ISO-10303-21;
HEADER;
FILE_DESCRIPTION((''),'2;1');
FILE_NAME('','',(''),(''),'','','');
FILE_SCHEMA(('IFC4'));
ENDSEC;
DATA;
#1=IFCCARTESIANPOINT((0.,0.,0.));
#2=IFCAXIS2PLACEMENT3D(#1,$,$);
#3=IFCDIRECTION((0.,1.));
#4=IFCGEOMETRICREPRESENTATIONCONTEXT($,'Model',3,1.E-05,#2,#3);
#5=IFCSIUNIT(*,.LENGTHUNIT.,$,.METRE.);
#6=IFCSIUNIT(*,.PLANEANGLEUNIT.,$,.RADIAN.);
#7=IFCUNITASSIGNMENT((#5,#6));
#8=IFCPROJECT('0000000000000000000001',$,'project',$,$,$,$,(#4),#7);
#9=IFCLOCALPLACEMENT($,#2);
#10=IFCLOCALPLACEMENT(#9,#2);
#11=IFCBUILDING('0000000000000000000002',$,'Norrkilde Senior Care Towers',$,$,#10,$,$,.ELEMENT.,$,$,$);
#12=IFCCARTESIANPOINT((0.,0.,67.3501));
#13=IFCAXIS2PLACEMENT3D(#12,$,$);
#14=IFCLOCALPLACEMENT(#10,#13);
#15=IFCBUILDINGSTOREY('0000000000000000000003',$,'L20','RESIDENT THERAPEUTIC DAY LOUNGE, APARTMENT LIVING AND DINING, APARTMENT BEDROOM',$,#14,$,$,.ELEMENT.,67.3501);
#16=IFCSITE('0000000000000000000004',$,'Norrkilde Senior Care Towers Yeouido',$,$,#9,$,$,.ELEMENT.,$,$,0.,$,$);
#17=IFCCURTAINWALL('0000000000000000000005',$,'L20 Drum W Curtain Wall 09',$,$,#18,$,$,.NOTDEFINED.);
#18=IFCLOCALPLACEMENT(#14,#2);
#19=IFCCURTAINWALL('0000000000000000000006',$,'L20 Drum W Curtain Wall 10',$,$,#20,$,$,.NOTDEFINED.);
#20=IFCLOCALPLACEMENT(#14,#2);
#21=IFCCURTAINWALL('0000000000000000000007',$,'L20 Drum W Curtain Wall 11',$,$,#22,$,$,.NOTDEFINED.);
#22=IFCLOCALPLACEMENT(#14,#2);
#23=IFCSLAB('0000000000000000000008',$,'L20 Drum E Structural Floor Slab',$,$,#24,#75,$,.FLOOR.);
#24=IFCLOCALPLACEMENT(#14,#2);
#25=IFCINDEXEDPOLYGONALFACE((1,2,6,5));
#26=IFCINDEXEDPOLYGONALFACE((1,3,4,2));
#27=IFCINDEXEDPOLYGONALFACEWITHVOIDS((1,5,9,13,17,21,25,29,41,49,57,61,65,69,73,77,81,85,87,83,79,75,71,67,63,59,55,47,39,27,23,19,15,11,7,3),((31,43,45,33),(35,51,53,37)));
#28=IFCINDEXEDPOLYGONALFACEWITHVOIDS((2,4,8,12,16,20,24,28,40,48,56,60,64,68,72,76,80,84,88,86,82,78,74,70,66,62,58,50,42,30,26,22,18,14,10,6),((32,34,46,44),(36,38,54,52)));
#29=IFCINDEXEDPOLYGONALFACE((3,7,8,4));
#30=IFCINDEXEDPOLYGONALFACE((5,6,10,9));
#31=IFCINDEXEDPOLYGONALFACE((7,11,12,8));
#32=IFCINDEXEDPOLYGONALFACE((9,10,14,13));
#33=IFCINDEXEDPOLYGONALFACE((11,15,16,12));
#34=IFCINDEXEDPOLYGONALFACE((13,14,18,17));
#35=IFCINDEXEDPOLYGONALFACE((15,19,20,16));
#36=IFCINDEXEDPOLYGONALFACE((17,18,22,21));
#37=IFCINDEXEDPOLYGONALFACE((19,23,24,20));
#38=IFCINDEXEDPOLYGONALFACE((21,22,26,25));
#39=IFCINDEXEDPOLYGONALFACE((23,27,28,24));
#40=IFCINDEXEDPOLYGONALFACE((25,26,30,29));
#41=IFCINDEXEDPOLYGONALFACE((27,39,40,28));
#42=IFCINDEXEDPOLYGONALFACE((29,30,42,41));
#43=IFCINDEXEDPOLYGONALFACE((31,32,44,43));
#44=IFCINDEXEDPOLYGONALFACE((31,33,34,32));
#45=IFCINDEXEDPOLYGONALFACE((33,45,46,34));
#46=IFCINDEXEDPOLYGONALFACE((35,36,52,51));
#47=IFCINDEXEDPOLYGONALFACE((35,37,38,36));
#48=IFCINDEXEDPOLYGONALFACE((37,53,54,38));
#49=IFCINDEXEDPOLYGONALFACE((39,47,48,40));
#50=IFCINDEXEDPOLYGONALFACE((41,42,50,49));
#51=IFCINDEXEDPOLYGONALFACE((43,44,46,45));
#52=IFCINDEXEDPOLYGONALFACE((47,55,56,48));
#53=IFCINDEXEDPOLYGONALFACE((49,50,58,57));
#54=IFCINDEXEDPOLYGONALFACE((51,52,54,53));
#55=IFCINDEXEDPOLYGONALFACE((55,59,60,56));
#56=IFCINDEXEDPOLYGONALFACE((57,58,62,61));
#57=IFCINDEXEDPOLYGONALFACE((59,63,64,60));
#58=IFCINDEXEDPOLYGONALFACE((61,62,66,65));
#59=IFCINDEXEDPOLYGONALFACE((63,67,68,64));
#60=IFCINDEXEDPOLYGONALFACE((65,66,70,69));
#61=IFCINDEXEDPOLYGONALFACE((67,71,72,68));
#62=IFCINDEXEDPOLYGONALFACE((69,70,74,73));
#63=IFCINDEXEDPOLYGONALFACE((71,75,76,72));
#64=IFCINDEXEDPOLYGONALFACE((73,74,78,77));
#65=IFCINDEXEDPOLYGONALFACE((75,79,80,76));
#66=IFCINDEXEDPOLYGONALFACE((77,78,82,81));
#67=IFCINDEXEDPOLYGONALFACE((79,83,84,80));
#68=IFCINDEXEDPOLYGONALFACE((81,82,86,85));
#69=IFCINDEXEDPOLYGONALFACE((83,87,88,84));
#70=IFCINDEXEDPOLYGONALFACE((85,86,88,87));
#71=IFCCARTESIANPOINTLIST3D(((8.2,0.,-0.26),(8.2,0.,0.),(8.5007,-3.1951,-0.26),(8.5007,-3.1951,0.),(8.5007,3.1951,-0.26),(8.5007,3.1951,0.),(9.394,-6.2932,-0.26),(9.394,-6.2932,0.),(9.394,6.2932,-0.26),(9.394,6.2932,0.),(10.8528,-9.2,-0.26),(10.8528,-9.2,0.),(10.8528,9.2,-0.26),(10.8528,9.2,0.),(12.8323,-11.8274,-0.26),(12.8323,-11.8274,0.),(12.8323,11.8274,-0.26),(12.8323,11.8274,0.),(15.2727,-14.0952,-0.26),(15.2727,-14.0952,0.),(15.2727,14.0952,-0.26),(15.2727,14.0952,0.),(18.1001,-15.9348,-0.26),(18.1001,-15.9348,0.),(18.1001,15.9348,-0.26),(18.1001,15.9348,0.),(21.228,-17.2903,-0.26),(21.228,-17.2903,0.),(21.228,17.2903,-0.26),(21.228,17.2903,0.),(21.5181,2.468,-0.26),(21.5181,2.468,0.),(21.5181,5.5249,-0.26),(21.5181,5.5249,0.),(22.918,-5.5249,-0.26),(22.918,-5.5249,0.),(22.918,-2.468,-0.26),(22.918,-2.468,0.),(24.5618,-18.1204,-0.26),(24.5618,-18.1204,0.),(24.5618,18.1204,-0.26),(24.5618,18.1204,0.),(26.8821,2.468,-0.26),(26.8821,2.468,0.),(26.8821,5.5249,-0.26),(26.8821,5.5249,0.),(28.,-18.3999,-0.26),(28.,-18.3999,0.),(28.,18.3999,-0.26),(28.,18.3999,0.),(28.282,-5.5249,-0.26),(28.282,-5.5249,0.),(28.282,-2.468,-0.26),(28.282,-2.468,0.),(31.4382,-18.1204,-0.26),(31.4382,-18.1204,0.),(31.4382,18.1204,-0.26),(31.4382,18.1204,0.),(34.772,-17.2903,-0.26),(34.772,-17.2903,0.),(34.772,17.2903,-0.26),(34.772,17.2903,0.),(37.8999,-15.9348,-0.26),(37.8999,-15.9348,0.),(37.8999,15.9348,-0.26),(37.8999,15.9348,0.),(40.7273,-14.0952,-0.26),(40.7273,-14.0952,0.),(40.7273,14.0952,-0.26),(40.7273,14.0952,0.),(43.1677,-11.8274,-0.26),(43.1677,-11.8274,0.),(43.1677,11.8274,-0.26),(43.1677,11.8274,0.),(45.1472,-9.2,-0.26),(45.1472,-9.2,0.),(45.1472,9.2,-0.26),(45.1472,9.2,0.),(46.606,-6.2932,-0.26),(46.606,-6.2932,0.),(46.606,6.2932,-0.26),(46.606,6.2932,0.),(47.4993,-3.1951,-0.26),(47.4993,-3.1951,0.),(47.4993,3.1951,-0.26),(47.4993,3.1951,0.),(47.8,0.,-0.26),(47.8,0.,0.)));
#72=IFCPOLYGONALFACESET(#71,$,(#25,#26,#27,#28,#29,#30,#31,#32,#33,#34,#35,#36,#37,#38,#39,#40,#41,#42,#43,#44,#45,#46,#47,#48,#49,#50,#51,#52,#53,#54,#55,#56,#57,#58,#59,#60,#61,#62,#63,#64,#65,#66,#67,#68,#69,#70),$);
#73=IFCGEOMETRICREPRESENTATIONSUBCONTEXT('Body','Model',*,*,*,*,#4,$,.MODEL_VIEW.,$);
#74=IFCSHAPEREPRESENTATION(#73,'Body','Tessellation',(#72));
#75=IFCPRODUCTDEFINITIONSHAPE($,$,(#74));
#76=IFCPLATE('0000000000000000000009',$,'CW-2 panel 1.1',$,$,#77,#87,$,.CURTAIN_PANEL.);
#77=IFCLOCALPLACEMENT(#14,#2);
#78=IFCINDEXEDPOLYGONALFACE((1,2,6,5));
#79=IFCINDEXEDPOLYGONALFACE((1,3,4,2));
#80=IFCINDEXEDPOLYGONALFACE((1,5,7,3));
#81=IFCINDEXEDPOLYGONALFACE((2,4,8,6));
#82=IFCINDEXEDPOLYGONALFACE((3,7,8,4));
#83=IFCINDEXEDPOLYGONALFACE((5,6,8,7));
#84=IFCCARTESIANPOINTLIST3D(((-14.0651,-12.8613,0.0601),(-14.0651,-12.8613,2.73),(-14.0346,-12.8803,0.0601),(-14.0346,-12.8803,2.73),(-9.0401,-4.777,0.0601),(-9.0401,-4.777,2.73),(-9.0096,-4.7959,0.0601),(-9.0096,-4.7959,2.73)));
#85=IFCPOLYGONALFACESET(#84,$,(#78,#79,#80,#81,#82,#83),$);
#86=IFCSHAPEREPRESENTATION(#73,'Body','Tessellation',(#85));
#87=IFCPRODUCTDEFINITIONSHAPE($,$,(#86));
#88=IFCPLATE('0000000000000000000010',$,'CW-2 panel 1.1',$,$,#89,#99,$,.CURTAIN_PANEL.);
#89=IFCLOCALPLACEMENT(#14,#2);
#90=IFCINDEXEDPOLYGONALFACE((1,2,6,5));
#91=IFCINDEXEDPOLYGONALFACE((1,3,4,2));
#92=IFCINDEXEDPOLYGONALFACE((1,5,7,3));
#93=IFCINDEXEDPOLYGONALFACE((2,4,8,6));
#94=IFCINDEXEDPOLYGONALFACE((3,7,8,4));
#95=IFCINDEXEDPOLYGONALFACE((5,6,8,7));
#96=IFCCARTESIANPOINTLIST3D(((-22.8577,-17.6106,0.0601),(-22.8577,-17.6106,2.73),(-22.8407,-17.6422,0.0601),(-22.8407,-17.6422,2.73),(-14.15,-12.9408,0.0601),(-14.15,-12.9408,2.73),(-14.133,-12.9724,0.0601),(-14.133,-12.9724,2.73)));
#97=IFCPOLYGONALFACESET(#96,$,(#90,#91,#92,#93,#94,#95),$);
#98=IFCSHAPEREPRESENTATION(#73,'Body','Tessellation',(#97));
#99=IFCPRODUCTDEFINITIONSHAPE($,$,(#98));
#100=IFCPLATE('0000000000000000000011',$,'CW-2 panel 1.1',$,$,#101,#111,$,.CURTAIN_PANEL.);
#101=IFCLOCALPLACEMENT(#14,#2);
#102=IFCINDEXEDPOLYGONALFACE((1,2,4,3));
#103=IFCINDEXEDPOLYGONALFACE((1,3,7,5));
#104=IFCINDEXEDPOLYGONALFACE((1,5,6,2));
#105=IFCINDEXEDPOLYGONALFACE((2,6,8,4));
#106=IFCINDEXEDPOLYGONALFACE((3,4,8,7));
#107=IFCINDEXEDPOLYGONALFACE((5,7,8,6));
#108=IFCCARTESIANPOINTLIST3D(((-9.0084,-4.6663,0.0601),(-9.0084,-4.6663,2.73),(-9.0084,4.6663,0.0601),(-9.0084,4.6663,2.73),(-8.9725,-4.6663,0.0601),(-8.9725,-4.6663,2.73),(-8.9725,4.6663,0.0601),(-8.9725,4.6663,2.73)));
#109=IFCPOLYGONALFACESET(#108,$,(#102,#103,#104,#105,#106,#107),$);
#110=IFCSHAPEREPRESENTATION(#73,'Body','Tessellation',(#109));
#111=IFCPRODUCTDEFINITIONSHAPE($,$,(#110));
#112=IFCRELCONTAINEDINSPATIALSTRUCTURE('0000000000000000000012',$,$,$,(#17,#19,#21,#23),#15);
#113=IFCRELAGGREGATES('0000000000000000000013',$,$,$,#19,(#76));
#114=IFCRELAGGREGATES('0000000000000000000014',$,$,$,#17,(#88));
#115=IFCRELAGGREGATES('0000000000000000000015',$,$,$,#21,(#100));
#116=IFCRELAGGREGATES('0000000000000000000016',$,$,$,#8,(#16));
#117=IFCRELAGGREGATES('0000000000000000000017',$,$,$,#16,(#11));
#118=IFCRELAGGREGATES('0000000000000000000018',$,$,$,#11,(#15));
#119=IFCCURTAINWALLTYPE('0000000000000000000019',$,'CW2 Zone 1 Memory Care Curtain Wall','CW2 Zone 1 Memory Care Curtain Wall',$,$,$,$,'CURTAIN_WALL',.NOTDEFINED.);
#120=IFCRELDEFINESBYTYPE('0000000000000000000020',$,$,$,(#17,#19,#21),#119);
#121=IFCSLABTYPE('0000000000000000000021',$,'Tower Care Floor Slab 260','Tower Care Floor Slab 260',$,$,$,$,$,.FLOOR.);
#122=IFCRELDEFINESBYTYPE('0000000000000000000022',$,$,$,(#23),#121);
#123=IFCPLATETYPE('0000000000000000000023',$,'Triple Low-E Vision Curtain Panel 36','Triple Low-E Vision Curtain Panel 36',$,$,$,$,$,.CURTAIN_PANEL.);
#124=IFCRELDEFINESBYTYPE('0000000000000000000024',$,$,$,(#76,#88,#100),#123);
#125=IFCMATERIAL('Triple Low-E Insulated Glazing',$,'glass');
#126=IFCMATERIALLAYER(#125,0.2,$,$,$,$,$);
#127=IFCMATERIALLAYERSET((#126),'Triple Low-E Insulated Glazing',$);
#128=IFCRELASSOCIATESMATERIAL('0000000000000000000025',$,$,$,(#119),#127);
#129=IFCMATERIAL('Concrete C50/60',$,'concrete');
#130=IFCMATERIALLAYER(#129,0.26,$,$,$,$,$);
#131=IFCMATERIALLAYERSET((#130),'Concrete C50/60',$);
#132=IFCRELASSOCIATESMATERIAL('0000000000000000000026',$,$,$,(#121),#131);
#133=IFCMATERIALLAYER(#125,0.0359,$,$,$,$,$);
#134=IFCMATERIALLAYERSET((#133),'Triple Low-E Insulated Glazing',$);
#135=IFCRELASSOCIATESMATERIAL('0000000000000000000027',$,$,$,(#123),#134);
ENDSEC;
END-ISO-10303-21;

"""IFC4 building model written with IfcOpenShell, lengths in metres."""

from ifc_helpers import new_model, si_unit, direction, frame, origin, origin_2d, place, context, subcontext, project, spatial, polyline, rectangle, outline, extrude, source, transform, mapped, material, layer, layer_set, type_object, type_shapes, element, aggregate, save


model = new_model("IFC4")

# Units and contexts
model_context = context("Model", 3, precision=1e-05, world=origin(), true_north=direction((0.0, 1.0)))
body_context = subcontext(model_context, "Body", "Model", "MODEL_VIEW")
ifc_project = project(units=[si_unit("LENGTHUNIT", "METRE"), si_unit("PLANEANGLEUNIT", "RADIAN")], contexts=[model_context])

# Site, building, storey
site_placement = place(None, origin())
site = spatial("IfcSite", under=ifc_project, at=site_placement, Name="Norrkilde Senior Care Towers Yeouido", CompositionType="ELEMENT", RefElevation=0.0)
building_placement = place(site_placement, origin())
building = spatial("IfcBuilding", under=site, at=building_placement, Name="Norrkilde Senior Care Towers", CompositionType="ELEMENT")
storey_placement = place(building_placement, frame((0.0, 0.0, 67.3501)))
storey = spatial("IfcBuildingStorey", under=building, at=storey_placement, Name="L20", Description="RESIDENT THERAPEUTIC DAY LOUNGE, APARTMENT LIVING AND DINING, APARTMENT BEDROOM", CompositionType="ELEMENT", Elevation=67.3501)

# Curtain wall
ifc_material_1 = material(Name="Triple Low-E Insulated Glazing", Category="glass")
ifc_layer_1 = layer(ifc_material_1, 0.2)
ifc_layer_set_1 = layer_set([ifc_layer_1], Name="Triple Low-E Insulated Glazing")
curtain_wall_type = type_object("IfcCurtainWallType", Name="CW2 Zone 1 Memory Care Curtain Wall", Description="CW2 Zone 1 Memory Care Curtain Wall", ElementType="CURTAIN_WALL", PredefinedType="NOTDEFINED", material=ifc_layer_set_1)
curtain_wall_1_placement = place(storey_placement, origin())
curtain_wall_1 = element("IfcCurtainWall", 1, at=curtain_wall_1_placement, inside=storey, type_object=curtain_wall_type, Name="L20 Drum W Curtain Wall 09", PredefinedType="NOTDEFINED")

# Curtain wall
curtain_wall_2_placement = place(storey_placement, origin())
curtain_wall_2 = element("IfcCurtainWall", 2, at=curtain_wall_2_placement, inside=storey, type_object=curtain_wall_type, Name="L20 Drum W Curtain Wall 10", PredefinedType="NOTDEFINED")

# Curtain wall
curtain_wall_3_placement = place(storey_placement, origin())
curtain_wall_3 = element("IfcCurtainWall", 3, at=curtain_wall_3_placement, inside=storey, type_object=curtain_wall_type, Name="L20 Drum W Curtain Wall 11", PredefinedType="NOTDEFINED")

# Shared definitions
ifc_material_2 = material(Name="Concrete C50/60", Category="concrete")

# Slab
ifc_layer_2 = layer(ifc_material_2, 0.26)
ifc_layer_set_2 = layer_set([ifc_layer_2], Name="Concrete C50/60")
slab_type_1 = type_object("IfcSlabType", Name="Tower Care Floor Slab 260", Description="Tower Care Floor Slab 260", PredefinedType="FLOOR", material=ifc_layer_set_2)
slab_1_placement = place(storey_placement, frame((0.0, 0.0, -0.26)))
element("IfcSlab", 4, at=slab_1_placement, inside=storey, type_object=slab_type_1, Name="L20 Drum E Structural Floor Slab", PredefinedType="FLOOR", context=body_context, shape_type="SweptSolid", body=[
    extrude(outline(polyline([(46.606, -6.2932), (45.1472, -9.2), (43.1677, -11.8274), (40.7273, -14.0952), (37.8999, -15.9348), (34.772, -17.2903), (31.4382, -18.1204), (28.0, -18.3999), (24.5618, -18.1204), (21.228, -17.2903), (18.1001, -15.9348), (15.2727, -14.0952), (12.8323, -11.8274), (10.8528, -9.2), (9.394, -6.2932), (8.5007, -3.1951), (8.2, 0.0), (8.5007, 3.1951), (9.394, 6.2932), (10.8528, 9.2), (12.8323, 11.8274), (15.2727, 14.0952), (18.1001, 15.9348), (21.228, 17.2903), (24.5618, 18.1204), (28.0, 18.3999), (31.4382, 18.1204), (34.772, 17.2903), (37.8999, 15.9348), (40.7273, 14.0952), (43.1677, 11.8274), (45.1472, 9.2), (46.606, 6.2932), (47.4993, 3.1951), (47.8, 0.0), (47.4993, -3.1951), (46.606, -6.2932)]), holes=[polyline([(21.5181, 2.468), (26.8821, 2.468), (26.8821, 5.5249), (21.5181, 5.5249), (21.5181, 2.468)]), polyline([(28.282, -5.5249), (28.282, -2.468), (22.918, -2.468), (22.918, -5.5249), (28.282, -5.5249)])]), origin(), (0.0, 0.0, 1.0), 0.26),
])

# Plates
ifc_layer_3 = layer(ifc_material_1, 0.0359)
ifc_layer_set_3 = layer_set([ifc_layer_3], Name="Triple Low-E Insulated Glazing")
plate_type = type_object("IfcPlateType", Name="Triple Low-E Vision Curtain Panel 36", Description="Triple Low-E Vision Curtain Panel 36", PredefinedType="CURTAIN_PANEL", material=ifc_layer_set_3)
shared_shape_1 = source(origin(), body_context, "Body", "SweptSolid", [
    extrude(rectangle(XDim=9.5188, YDim=0.0359, at=origin_2d()), origin(), (0.0, 0.0, 1.0), 2.6699),
])
plate_1_placement = place(storey_placement, frame((-11.5374, -8.8286, 0.0601), z_axis=(0.0, 0.0, 1.0), x_axis=(-0.527901, -0.849306, 0.0)))
plate_1 = element("IfcPlate", 5, at=plate_1_placement, type_object=plate_type, Name="CW-2 panel 1.1", PredefinedType="CURTAIN_PANEL", context=body_context, shape_type="MappedRepresentation", body=[
    mapped(shared_shape_1, transform((0.0, 0.0, 0.0), x_axis=(1.0, 0.0, 0.0), y_axis=(0.0, 1.0, 0.0), z_axis=(0.0, 0.0, 1.0), scale=1.0)),
])
aggregate(curtain_wall_2, [plate_1])
shared_shape_2 = source(origin(), body_context, "Body", "SweptSolid", [
    extrude(rectangle(XDim=9.8809, YDim=0.0359, at=origin_2d()), origin(), (0.0, 0.0, 1.0), 2.6699),
])
plate_2_placement = place(storey_placement, frame((-18.4954, -15.2915, 0.0601), z_axis=(0.0, 0.0, 1.0), x_axis=(-0.881273, -0.472608, 0.0)))
plate_2 = element("IfcPlate", 6, at=plate_2_placement, type_object=plate_type, Name="CW-2 panel 1.1", PredefinedType="CURTAIN_PANEL", context=body_context, shape_type="MappedRepresentation", body=[
    mapped(shared_shape_2, transform((0.0, 0.0, 0.0), x_axis=(1.0, 0.0, 0.0), y_axis=(0.0, 1.0, 0.0), z_axis=(0.0, 0.0, 1.0), scale=1.0)),
])
aggregate(curtain_wall_1, [plate_2])
shared_shape_3 = source(origin(), body_context, "Body", "SweptSolid", [
    extrude(rectangle(XDim=9.3325, YDim=0.0359, at=origin_2d()), origin(), (0.0, 0.0, 1.0), 2.6699),
])
type_shapes(plate_type, [shared_shape_1, shared_shape_2, shared_shape_3])
plate_3_placement = place(storey_placement, frame((-8.9905, 0.0, 0.0601), z_axis=(0.0, 0.0, 1.0), x_axis=(0.0, -1.0, 0.0)))
plate_3 = element("IfcPlate", 7, at=plate_3_placement, type_object=plate_type, Name="CW-2 panel 1.1", PredefinedType="CURTAIN_PANEL", context=body_context, shape_type="MappedRepresentation", body=[
    mapped(shared_shape_3, transform((0.0, 0.0, 0.0), x_axis=(1.0, 0.0, 0.0), y_axis=(0.0, 1.0, 0.0), z_axis=(0.0, 0.0, 1.0), scale=1.0)),
])
aggregate(curtain_wall_3, [plate_3])

save(model, "model.ifc")
